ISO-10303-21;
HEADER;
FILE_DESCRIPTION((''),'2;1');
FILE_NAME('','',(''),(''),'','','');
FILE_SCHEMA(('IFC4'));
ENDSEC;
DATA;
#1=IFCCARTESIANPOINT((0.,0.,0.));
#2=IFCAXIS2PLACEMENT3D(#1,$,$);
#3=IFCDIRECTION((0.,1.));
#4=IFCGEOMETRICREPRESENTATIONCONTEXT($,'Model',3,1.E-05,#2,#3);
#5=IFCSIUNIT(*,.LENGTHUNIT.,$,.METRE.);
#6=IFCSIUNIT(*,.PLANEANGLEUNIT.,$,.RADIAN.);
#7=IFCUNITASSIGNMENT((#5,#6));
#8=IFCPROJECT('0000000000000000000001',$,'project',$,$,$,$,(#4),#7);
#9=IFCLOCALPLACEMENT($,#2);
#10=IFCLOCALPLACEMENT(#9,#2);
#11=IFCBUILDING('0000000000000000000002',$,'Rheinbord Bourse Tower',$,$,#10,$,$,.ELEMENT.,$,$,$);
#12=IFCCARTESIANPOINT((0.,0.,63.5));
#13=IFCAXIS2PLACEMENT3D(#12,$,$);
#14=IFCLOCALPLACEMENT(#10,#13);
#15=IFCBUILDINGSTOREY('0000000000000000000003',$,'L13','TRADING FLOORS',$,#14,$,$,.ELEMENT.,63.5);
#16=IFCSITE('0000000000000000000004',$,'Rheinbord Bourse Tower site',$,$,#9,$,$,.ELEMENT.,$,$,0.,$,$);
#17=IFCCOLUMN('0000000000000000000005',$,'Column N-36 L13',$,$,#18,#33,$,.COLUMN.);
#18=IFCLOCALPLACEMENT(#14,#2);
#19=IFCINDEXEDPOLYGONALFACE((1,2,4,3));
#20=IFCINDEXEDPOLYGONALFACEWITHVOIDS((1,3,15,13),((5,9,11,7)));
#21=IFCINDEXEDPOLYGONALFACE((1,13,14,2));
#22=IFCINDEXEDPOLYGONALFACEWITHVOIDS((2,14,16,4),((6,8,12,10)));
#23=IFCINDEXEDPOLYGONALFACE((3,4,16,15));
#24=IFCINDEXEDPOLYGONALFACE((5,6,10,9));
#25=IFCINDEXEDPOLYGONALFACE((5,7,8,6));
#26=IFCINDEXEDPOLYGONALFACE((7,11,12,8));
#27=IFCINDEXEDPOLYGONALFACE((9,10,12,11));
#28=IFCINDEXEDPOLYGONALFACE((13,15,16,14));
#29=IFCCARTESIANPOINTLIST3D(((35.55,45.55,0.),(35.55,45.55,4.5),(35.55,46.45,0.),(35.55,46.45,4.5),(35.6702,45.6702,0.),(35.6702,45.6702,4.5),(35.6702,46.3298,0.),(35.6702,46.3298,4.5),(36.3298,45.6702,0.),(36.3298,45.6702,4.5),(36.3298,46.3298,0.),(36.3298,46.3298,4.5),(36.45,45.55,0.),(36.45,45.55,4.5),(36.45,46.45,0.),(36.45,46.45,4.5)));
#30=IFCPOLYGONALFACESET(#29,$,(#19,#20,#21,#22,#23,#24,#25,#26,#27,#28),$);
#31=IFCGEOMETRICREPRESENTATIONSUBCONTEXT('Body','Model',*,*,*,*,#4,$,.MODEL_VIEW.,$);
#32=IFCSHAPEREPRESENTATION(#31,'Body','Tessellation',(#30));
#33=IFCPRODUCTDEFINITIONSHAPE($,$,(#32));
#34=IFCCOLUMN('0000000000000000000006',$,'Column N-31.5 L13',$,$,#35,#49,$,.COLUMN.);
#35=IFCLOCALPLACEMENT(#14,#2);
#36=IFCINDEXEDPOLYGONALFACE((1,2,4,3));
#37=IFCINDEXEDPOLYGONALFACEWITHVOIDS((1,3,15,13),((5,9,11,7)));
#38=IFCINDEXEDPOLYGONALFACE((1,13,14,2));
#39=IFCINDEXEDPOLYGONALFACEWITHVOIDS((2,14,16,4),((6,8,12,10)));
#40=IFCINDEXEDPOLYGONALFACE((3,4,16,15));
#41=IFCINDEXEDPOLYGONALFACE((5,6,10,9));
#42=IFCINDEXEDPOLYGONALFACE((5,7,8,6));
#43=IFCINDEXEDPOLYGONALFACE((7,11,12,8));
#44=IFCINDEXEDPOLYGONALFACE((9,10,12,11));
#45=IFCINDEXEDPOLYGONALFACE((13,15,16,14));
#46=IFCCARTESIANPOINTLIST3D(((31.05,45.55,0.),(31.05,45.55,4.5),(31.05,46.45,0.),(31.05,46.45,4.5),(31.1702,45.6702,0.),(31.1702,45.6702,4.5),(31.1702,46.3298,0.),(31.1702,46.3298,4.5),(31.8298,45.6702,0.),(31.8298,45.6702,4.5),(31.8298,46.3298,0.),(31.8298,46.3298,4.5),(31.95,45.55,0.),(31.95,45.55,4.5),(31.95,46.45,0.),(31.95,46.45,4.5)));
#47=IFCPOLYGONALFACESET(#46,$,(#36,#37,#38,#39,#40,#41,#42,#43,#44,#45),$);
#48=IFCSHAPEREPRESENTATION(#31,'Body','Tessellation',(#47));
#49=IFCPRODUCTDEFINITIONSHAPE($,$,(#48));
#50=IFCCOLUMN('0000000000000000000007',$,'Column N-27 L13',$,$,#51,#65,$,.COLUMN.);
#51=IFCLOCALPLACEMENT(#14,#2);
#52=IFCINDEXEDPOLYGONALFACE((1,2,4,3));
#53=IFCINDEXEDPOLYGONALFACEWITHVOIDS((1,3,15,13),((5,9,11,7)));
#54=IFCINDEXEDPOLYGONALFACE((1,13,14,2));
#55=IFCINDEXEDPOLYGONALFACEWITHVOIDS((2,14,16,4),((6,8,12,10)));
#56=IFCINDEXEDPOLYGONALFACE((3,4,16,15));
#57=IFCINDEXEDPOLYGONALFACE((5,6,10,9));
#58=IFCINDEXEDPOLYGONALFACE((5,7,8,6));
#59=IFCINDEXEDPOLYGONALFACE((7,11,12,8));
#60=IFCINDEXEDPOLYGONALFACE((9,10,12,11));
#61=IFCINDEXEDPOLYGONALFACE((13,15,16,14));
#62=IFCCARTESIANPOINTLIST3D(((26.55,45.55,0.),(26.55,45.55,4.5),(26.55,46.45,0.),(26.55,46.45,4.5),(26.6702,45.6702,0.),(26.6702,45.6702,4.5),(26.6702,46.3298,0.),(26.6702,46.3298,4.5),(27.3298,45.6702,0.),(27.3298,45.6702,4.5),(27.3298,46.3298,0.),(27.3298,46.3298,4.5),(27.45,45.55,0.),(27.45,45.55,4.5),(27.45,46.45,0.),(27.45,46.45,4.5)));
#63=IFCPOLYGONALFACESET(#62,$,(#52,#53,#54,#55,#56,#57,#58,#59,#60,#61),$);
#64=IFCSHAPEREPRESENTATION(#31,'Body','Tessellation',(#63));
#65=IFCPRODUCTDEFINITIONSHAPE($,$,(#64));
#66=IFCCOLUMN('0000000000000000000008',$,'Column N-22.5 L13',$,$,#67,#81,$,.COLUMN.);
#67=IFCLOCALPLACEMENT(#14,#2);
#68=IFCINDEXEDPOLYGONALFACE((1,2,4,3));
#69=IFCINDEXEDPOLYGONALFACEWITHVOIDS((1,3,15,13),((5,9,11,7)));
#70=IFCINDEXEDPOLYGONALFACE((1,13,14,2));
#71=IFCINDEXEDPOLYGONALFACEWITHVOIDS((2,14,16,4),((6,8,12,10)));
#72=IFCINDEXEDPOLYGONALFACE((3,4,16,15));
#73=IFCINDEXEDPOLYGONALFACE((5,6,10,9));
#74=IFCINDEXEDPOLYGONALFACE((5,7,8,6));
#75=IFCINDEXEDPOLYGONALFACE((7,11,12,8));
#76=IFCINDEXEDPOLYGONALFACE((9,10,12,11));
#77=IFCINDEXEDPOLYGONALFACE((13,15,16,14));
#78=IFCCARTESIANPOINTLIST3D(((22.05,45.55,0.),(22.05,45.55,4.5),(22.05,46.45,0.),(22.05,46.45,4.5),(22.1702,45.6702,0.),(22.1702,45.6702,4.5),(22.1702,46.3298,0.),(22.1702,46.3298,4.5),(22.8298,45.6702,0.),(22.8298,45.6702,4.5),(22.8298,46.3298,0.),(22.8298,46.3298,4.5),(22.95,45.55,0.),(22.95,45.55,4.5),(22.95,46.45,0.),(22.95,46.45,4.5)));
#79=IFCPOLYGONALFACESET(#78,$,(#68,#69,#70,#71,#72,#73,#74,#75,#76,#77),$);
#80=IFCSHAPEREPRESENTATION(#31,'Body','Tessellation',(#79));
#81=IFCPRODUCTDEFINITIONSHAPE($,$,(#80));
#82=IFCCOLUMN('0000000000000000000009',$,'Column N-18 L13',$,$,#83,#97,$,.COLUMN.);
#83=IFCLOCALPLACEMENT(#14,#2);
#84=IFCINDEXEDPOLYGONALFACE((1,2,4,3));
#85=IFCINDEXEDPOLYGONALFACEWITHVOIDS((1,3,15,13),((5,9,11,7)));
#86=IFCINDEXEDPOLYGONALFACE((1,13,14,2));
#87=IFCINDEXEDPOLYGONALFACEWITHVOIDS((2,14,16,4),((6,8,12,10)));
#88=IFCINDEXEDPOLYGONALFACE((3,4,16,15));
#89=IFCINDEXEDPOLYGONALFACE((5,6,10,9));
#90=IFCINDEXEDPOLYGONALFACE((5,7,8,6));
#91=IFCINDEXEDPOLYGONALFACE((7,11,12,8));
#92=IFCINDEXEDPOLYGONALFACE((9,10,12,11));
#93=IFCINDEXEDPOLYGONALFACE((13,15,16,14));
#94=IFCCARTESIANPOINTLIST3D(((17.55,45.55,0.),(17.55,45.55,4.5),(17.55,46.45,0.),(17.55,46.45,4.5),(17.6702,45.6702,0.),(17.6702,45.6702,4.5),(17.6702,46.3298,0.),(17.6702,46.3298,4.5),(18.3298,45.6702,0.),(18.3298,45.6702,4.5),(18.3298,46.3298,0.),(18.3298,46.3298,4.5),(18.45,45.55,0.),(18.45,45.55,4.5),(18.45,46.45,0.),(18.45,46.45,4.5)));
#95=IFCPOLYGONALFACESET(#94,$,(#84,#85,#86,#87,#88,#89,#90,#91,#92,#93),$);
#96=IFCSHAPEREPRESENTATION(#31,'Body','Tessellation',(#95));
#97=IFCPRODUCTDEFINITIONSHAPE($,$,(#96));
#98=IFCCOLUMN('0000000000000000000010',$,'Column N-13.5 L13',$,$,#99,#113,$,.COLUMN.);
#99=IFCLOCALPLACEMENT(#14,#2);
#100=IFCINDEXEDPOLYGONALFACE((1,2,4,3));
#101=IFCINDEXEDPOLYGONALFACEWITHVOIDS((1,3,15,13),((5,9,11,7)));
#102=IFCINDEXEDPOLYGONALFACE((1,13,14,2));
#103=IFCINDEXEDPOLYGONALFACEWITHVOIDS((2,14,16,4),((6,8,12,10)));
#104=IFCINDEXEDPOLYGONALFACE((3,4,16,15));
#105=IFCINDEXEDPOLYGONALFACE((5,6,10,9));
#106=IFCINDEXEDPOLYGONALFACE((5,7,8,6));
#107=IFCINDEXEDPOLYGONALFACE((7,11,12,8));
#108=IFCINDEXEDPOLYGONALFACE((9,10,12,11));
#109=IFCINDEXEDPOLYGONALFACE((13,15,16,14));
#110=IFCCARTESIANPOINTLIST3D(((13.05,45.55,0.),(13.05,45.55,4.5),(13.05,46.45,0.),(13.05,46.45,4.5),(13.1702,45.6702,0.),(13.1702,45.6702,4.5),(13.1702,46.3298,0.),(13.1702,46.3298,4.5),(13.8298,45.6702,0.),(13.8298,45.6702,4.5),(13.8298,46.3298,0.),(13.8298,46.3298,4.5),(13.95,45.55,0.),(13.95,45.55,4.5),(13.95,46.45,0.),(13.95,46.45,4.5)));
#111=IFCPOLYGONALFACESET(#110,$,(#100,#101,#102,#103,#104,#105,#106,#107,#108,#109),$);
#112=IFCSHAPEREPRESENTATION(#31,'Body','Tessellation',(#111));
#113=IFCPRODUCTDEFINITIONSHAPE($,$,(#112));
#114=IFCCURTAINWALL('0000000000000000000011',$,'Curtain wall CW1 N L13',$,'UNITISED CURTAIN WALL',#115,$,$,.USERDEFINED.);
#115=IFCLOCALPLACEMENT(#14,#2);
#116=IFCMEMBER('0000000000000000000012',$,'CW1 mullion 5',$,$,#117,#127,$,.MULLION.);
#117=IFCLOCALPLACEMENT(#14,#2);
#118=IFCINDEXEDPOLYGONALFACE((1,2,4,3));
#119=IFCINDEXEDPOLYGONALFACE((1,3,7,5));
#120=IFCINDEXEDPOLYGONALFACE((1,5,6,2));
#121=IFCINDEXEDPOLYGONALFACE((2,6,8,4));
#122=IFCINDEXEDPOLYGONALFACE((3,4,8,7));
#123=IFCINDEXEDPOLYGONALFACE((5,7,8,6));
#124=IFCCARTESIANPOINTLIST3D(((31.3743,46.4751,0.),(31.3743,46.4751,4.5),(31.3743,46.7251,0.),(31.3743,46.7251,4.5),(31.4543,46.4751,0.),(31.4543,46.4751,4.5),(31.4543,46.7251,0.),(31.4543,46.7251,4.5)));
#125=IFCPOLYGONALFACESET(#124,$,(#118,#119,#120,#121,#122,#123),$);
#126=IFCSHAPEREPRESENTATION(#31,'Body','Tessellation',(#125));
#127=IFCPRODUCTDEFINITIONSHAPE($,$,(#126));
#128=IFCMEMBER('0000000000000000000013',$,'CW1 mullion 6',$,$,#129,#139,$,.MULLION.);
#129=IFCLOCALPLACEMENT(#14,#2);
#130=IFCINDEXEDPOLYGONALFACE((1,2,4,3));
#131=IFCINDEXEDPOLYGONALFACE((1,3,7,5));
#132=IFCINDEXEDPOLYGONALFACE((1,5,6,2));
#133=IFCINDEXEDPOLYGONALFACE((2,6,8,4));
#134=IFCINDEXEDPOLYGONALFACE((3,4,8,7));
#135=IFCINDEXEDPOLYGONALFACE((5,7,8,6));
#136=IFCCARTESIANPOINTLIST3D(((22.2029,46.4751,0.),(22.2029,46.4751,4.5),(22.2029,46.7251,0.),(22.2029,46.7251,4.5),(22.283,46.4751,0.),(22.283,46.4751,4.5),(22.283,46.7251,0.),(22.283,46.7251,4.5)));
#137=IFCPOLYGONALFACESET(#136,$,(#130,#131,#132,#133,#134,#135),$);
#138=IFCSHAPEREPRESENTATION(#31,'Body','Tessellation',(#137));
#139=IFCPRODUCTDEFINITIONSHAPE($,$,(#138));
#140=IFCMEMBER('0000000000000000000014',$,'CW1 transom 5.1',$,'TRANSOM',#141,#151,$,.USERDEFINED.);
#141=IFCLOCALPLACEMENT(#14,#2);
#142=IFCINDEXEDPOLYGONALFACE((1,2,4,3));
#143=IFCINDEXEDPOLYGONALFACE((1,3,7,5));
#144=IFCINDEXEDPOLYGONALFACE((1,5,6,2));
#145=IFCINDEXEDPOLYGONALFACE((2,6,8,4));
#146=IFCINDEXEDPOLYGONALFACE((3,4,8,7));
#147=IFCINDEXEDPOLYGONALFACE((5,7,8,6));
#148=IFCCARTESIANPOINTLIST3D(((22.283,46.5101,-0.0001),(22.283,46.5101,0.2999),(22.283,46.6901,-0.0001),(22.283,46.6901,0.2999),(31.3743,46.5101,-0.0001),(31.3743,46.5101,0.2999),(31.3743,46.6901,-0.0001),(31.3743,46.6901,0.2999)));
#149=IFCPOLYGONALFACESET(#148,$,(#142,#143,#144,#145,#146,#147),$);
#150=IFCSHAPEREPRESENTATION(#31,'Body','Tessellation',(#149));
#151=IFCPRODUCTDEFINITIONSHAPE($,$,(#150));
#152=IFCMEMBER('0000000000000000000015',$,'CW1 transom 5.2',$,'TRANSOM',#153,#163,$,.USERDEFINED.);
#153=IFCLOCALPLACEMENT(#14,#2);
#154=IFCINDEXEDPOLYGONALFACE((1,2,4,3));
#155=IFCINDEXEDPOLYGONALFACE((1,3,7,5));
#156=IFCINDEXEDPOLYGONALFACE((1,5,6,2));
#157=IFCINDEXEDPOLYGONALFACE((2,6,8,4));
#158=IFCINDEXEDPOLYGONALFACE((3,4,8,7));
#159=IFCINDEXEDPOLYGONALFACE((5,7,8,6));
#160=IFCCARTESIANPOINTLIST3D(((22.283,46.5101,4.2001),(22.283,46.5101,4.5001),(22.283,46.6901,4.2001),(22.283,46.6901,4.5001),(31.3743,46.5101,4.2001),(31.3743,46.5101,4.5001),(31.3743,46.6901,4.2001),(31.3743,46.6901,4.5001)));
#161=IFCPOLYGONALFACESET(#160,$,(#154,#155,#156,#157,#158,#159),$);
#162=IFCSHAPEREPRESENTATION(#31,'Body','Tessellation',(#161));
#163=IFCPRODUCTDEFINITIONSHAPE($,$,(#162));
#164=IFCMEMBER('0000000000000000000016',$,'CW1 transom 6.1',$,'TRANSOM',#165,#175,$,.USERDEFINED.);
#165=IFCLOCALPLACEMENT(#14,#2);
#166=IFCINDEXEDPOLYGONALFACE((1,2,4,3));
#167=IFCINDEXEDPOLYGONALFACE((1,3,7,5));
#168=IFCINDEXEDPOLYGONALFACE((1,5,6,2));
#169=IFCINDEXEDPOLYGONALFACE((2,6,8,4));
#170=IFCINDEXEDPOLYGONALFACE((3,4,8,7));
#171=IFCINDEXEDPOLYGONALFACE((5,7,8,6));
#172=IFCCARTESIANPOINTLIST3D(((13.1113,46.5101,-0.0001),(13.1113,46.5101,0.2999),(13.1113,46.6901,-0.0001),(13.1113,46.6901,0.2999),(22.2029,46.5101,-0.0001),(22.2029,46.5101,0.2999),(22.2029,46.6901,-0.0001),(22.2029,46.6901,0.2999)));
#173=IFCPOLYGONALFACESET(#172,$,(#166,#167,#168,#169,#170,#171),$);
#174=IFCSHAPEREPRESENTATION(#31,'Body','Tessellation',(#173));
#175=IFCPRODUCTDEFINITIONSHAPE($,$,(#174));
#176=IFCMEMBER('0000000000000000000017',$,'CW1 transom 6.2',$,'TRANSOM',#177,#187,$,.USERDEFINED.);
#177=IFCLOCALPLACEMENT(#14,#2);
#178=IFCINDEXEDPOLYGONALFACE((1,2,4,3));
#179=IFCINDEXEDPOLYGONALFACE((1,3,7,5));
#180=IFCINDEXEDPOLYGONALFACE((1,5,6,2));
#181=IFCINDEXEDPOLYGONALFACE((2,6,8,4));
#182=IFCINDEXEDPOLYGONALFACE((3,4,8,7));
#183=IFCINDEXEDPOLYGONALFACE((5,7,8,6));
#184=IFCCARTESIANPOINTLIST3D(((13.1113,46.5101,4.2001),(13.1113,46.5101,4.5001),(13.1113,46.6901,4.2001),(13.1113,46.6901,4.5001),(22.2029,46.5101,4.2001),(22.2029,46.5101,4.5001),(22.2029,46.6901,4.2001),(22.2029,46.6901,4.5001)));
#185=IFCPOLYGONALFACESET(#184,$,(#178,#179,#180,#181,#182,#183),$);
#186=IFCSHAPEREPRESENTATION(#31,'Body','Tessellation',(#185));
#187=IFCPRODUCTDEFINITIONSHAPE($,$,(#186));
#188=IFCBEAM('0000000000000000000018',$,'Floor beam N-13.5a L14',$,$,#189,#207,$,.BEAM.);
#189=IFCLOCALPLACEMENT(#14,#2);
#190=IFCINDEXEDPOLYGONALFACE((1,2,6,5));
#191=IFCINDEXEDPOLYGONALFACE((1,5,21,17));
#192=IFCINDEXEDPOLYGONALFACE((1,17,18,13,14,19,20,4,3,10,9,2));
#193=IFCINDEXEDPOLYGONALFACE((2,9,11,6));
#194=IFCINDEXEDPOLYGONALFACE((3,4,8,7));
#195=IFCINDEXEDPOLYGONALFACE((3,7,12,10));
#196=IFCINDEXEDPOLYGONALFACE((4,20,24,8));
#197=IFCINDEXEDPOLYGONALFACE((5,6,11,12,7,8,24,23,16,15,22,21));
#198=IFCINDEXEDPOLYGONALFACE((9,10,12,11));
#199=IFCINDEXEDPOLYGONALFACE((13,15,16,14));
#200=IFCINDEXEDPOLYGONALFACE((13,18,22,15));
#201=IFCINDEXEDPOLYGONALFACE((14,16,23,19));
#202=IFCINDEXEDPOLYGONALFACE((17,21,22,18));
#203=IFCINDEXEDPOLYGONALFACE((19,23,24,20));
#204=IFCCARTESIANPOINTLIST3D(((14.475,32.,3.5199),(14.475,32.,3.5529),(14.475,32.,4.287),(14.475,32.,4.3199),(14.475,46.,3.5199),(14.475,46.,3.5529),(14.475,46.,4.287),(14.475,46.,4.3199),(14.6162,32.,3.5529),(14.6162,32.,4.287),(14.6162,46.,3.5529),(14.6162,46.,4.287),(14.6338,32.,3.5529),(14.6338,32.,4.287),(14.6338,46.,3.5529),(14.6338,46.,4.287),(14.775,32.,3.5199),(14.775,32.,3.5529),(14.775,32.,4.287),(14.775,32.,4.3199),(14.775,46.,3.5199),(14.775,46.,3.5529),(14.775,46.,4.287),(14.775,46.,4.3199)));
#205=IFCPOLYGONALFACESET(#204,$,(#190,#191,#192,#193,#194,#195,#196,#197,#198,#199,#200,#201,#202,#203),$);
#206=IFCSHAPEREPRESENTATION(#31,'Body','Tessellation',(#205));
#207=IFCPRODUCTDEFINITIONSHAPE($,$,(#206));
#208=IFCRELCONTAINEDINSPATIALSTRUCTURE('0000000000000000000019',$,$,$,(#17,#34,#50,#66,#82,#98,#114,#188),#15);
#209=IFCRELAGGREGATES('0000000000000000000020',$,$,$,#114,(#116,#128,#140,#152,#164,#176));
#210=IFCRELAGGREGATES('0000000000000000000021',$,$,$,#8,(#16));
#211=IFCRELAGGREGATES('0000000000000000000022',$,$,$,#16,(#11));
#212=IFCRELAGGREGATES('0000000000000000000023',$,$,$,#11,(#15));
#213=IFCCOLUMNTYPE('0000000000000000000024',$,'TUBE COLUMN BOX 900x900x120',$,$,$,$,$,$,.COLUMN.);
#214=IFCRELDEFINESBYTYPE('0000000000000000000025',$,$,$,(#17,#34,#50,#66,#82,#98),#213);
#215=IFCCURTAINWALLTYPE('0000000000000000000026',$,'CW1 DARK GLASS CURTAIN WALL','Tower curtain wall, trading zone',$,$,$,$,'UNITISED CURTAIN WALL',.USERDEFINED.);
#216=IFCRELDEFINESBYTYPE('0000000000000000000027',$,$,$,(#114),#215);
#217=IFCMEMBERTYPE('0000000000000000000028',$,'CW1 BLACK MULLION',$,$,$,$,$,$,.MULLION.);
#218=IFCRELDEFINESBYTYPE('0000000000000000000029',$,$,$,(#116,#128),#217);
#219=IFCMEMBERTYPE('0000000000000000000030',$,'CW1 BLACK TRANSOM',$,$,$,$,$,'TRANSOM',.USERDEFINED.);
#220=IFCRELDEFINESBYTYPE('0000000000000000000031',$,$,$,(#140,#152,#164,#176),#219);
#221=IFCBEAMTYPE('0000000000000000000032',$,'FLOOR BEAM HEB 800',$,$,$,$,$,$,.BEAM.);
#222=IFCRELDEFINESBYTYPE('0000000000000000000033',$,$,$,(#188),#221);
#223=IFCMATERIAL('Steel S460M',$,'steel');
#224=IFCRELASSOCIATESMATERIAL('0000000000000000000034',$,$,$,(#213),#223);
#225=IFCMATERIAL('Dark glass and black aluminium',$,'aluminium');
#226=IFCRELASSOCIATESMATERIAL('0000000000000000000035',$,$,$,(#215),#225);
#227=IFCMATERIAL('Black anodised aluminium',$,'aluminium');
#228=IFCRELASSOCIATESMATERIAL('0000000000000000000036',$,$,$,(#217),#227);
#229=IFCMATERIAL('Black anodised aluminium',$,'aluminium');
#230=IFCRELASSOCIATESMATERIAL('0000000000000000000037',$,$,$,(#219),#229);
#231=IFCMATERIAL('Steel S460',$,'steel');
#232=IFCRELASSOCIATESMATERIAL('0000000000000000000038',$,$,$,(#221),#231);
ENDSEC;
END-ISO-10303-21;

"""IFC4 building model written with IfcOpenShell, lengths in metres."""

from ifc_helpers import new_model, si_unit, direction, frame, origin, origin_2d, place, context, subcontext, project, spatial, rectangle, hollow_rectangle, i_section, extrude, material, material_profile, profile_set, type_object, element, aggregate, save


model = new_model("IFC4")

# Units and contexts
model_context = context("Model", 3, precision=1e-05, world=origin(), true_north=direction((0.0, 1.0)))
body_context = subcontext(model_context, "Body", "Model", "MODEL_VIEW")
ifc_project = project(units=[si_unit("LENGTHUNIT", "METRE"), si_unit("PLANEANGLEUNIT", "RADIAN")], contexts=[model_context])

# Site, building, storey
site_placement = place(None, origin())
site = spatial("IfcSite", under=ifc_project, at=site_placement, Name="Rheinbord Bourse Tower site", CompositionType="ELEMENT", RefElevation=0.0)
building_placement = place(site_placement, origin())
building = spatial("IfcBuilding", under=site, at=building_placement, Name="Rheinbord Bourse Tower", CompositionType="ELEMENT")
storey_placement = place(building_placement, frame((0.0, 0.0, 63.5)))
storey = spatial("IfcBuildingStorey", under=building, at=storey_placement, Name="L13", Description="TRADING FLOORS", CompositionType="ELEMENT", Elevation=63.5)

# Columns
ifc_material_1 = material(Name="Steel S460M", Category="steel")
ifc_material_profile_1 = material_profile(ifc_material_1, hollow_rectangle(XDim=0.8999, YDim=0.8999, WallThickness=0.1201, at=origin_2d()), Name="BOX 900x900x120")
ifc_profile_set_1 = profile_set([ifc_material_profile_1], Name="Steel S460M")
column_type = type_object("IfcColumnType", Name="TUBE COLUMN BOX 900x900x120", PredefinedType="COLUMN", material=ifc_profile_set_1)
for number, where, z_axis, x_axis, name in (
    (1, (36.0, 46.0, 0.0), (0.0, 0.0, 1.0), (0.0, 1.0, 0.0), "Column N-36 L13"),
    (2, (31.5, 46.0, 0.0), (0.0, 0.0, 1.0), (0.0, 1.0, 0.0), "Column N-31.5 L13"),
    (3, (27.0, 46.0, 0.0), (0.0, 0.0, 1.0), (0.0, 1.0, 0.0), "Column N-27 L13"),
    (4, (22.5, 46.0, 0.0), (0.0, 0.0, 1.0), (0.0, 1.0, 0.0), "Column N-22.5 L13"),
    (5, (18.0, 46.0, 0.0), (0.0, 0.0, 1.0), (0.0, 1.0, 0.0), "Column N-18 L13"),
    (6, (13.5, 46.0, 0.0), (0.0, 0.0, 1.0), (0.0, 1.0, 0.0), "Column N-13.5 L13"),
):
    element("IfcColumn", number, at=place(storey_placement, frame(where, z_axis=z_axis, x_axis=x_axis)), inside=storey, type_object=column_type, Name=name, PredefinedType="COLUMN", context=body_context, shape_type="SweptSolid", body=[
        extrude(hollow_rectangle(XDim=0.8999, YDim=0.8999, WallThickness=0.1201, at=origin_2d()), origin(), (0.0, 0.0, 1.0), 4.5),
    ])

# Curtain wall, members
ifc_material_2 = material(Name="Dark glass and black aluminium", Category="aluminium")
curtain_wall_type = type_object("IfcCurtainWallType", Name="CW1 DARK GLASS CURTAIN WALL", Description="Tower curtain wall, trading zone", ElementType="UNITISED CURTAIN WALL", PredefinedType="USERDEFINED", material=ifc_material_2)
curtain_wall_placement = place(storey_placement, origin())
curtain_wall = element("IfcCurtainWall", 7, at=curtain_wall_placement, inside=storey, type_object=curtain_wall_type, Name="Curtain wall CW1 N L13", ObjectType="UNITISED CURTAIN WALL", PredefinedType="USERDEFINED")
ifc_material_3 = material(Name="Black anodised aluminium", Category="aluminium")
ifc_material_profile_2 = material_profile(ifc_material_3, rectangle(XDim=0.25, YDim=0.0801, at=origin_2d()), Name="CW1 MULLION 80x250")
ifc_profile_set_2 = profile_set([ifc_material_profile_2], Name="Black anodised aluminium")
member_type_1 = type_object("IfcMemberType", Name="CW1 BLACK MULLION", PredefinedType="MULLION", material=ifc_profile_set_2)
member_1_placement = place(storey_placement, frame((31.4143, 46.6001, 0.0), z_axis=(0.0, 0.0, 1.0), x_axis=(0.0, -1.0, 0.0)))
member_1 = element("IfcMember", 8, at=member_1_placement, type_object=member_type_1, Name="CW1 mullion 5", PredefinedType="MULLION", context=body_context, shape_type="SweptSolid", body=[
    extrude(rectangle(XDim=0.25, YDim=0.0801, at=origin_2d()), origin(), (0.0, 0.0, 1.0), 4.5),
])
member_2_placement = place(storey_placement, frame((22.2429, 46.6001, 0.0), z_axis=(0.0, 0.0, 1.0), x_axis=(0.0, -1.0, 0.0)))
member_2 = element("IfcMember", 9, at=member_2_placement, type_object=member_type_1, Name="CW1 mullion 6", PredefinedType="MULLION", context=body_context, shape_type="SweptSolid", body=[
    extrude(rectangle(XDim=0.25, YDim=0.0801, at=origin_2d()), origin(), (0.0, 0.0, 1.0), 4.5),
])
ifc_material_4 = material(Name="Black anodised aluminium", Category="aluminium")
ifc_material_profile_3 = material_profile(ifc_material_4, rectangle(XDim=0.1799, YDim=0.3, at=origin_2d()), Name="CW1 TRANSOM 300x180")
ifc_profile_set_3 = profile_set([ifc_material_profile_3], Name="Black anodised aluminium")
member_type_2 = type_object("IfcMemberType", Name="CW1 BLACK TRANSOM", ElementType="TRANSOM", PredefinedType="USERDEFINED", material=ifc_profile_set_3)
member_3_placement = place(storey_placement, frame((31.3743, 46.6001, 0.1499), z_axis=(-1.0, 0.0, 0.0), x_axis=(0.0, -1.0, 0.0)))
member_3 = element("IfcMember", 10, at=member_3_placement, type_object=member_type_2, Name="CW1 transom 5.1", ObjectType="TRANSOM", PredefinedType="USERDEFINED", context=body_context, shape_type="SweptSolid", body=[
    extrude(rectangle(XDim=0.1799, YDim=0.3, at=origin_2d()), origin(), (0.0, 0.0, 1.0), 9.0913),
])
member_4_placement = place(storey_placement, frame((31.3743, 46.6001, 4.3501), z_axis=(-1.0, 0.0, 0.0), x_axis=(0.0, -1.0, 0.0)))
member_4 = element("IfcMember", 11, at=member_4_placement, type_object=member_type_2, Name="CW1 transom 5.2", ObjectType="TRANSOM", PredefinedType="USERDEFINED", context=body_context, shape_type="SweptSolid", body=[
    extrude(rectangle(XDim=0.1799, YDim=0.3, at=origin_2d()), origin(), (0.0, 0.0, 1.0), 9.0913),
])
member_5_placement = place(storey_placement, frame((22.2029, 46.6001, 0.1499), z_axis=(-1.0, 0.0, 0.0), x_axis=(0.0, -1.0, 0.0)))
member_5 = element("IfcMember", 12, at=member_5_placement, type_object=member_type_2, Name="CW1 transom 6.1", ObjectType="TRANSOM", PredefinedType="USERDEFINED", context=body_context, shape_type="SweptSolid", body=[
    extrude(rectangle(XDim=0.1799, YDim=0.3, at=origin_2d()), origin(), (0.0, 0.0, 1.0), 9.0916),
])
member_6_placement = place(storey_placement, frame((22.2029, 46.6001, 4.3501), z_axis=(-1.0, 0.0, 0.0), x_axis=(0.0, -1.0, 0.0)))
member_6 = element("IfcMember", 13, at=member_6_placement, type_object=member_type_2, Name="CW1 transom 6.2", ObjectType="TRANSOM", PredefinedType="USERDEFINED", context=body_context, shape_type="SweptSolid", body=[
    extrude(rectangle(XDim=0.1799, YDim=0.3, at=origin_2d()), origin(), (0.0, 0.0, 1.0), 9.0916),
])

# Beam
ifc_material_5 = material(Name="Steel S460", Category="steel")
ifc_material_profile_4 = material_profile(ifc_material_5, i_section(OverallWidth=0.3, OverallDepth=0.8, WebThickness=0.0176, FlangeThickness=0.033, at=origin_2d()), Name="HEB 800")
ifc_profile_set_4 = profile_set([ifc_material_profile_4], Name="Steel S460")
beam_type_1 = type_object("IfcBeamType", Name="FLOOR BEAM HEB 800", PredefinedType="BEAM", material=ifc_profile_set_4)
for number, where, z_axis, x_axis, name in (
    (14, (14.625, 46.0, 3.9199), (0.0, -1.0, 0.0), (1.0, 0.0, 0.0), "Floor beam N-13.5a L14"),
):
    element("IfcBeam", number, at=place(storey_placement, frame(where, z_axis=z_axis, x_axis=x_axis)), inside=storey, type_object=beam_type_1, Name=name, PredefinedType="BEAM", context=body_context, shape_type="SweptSolid", body=[
        extrude(i_section(OverallWidth=0.3, OverallDepth=0.8, WebThickness=0.0176, FlangeThickness=0.033, at=origin_2d()), origin(), (0.0, 0.0, 1.0), 14.0),
    ])

aggregate(curtain_wall, [member_1, member_2, member_3, member_4, member_5, member_6])

save(model, "model.ifc")
